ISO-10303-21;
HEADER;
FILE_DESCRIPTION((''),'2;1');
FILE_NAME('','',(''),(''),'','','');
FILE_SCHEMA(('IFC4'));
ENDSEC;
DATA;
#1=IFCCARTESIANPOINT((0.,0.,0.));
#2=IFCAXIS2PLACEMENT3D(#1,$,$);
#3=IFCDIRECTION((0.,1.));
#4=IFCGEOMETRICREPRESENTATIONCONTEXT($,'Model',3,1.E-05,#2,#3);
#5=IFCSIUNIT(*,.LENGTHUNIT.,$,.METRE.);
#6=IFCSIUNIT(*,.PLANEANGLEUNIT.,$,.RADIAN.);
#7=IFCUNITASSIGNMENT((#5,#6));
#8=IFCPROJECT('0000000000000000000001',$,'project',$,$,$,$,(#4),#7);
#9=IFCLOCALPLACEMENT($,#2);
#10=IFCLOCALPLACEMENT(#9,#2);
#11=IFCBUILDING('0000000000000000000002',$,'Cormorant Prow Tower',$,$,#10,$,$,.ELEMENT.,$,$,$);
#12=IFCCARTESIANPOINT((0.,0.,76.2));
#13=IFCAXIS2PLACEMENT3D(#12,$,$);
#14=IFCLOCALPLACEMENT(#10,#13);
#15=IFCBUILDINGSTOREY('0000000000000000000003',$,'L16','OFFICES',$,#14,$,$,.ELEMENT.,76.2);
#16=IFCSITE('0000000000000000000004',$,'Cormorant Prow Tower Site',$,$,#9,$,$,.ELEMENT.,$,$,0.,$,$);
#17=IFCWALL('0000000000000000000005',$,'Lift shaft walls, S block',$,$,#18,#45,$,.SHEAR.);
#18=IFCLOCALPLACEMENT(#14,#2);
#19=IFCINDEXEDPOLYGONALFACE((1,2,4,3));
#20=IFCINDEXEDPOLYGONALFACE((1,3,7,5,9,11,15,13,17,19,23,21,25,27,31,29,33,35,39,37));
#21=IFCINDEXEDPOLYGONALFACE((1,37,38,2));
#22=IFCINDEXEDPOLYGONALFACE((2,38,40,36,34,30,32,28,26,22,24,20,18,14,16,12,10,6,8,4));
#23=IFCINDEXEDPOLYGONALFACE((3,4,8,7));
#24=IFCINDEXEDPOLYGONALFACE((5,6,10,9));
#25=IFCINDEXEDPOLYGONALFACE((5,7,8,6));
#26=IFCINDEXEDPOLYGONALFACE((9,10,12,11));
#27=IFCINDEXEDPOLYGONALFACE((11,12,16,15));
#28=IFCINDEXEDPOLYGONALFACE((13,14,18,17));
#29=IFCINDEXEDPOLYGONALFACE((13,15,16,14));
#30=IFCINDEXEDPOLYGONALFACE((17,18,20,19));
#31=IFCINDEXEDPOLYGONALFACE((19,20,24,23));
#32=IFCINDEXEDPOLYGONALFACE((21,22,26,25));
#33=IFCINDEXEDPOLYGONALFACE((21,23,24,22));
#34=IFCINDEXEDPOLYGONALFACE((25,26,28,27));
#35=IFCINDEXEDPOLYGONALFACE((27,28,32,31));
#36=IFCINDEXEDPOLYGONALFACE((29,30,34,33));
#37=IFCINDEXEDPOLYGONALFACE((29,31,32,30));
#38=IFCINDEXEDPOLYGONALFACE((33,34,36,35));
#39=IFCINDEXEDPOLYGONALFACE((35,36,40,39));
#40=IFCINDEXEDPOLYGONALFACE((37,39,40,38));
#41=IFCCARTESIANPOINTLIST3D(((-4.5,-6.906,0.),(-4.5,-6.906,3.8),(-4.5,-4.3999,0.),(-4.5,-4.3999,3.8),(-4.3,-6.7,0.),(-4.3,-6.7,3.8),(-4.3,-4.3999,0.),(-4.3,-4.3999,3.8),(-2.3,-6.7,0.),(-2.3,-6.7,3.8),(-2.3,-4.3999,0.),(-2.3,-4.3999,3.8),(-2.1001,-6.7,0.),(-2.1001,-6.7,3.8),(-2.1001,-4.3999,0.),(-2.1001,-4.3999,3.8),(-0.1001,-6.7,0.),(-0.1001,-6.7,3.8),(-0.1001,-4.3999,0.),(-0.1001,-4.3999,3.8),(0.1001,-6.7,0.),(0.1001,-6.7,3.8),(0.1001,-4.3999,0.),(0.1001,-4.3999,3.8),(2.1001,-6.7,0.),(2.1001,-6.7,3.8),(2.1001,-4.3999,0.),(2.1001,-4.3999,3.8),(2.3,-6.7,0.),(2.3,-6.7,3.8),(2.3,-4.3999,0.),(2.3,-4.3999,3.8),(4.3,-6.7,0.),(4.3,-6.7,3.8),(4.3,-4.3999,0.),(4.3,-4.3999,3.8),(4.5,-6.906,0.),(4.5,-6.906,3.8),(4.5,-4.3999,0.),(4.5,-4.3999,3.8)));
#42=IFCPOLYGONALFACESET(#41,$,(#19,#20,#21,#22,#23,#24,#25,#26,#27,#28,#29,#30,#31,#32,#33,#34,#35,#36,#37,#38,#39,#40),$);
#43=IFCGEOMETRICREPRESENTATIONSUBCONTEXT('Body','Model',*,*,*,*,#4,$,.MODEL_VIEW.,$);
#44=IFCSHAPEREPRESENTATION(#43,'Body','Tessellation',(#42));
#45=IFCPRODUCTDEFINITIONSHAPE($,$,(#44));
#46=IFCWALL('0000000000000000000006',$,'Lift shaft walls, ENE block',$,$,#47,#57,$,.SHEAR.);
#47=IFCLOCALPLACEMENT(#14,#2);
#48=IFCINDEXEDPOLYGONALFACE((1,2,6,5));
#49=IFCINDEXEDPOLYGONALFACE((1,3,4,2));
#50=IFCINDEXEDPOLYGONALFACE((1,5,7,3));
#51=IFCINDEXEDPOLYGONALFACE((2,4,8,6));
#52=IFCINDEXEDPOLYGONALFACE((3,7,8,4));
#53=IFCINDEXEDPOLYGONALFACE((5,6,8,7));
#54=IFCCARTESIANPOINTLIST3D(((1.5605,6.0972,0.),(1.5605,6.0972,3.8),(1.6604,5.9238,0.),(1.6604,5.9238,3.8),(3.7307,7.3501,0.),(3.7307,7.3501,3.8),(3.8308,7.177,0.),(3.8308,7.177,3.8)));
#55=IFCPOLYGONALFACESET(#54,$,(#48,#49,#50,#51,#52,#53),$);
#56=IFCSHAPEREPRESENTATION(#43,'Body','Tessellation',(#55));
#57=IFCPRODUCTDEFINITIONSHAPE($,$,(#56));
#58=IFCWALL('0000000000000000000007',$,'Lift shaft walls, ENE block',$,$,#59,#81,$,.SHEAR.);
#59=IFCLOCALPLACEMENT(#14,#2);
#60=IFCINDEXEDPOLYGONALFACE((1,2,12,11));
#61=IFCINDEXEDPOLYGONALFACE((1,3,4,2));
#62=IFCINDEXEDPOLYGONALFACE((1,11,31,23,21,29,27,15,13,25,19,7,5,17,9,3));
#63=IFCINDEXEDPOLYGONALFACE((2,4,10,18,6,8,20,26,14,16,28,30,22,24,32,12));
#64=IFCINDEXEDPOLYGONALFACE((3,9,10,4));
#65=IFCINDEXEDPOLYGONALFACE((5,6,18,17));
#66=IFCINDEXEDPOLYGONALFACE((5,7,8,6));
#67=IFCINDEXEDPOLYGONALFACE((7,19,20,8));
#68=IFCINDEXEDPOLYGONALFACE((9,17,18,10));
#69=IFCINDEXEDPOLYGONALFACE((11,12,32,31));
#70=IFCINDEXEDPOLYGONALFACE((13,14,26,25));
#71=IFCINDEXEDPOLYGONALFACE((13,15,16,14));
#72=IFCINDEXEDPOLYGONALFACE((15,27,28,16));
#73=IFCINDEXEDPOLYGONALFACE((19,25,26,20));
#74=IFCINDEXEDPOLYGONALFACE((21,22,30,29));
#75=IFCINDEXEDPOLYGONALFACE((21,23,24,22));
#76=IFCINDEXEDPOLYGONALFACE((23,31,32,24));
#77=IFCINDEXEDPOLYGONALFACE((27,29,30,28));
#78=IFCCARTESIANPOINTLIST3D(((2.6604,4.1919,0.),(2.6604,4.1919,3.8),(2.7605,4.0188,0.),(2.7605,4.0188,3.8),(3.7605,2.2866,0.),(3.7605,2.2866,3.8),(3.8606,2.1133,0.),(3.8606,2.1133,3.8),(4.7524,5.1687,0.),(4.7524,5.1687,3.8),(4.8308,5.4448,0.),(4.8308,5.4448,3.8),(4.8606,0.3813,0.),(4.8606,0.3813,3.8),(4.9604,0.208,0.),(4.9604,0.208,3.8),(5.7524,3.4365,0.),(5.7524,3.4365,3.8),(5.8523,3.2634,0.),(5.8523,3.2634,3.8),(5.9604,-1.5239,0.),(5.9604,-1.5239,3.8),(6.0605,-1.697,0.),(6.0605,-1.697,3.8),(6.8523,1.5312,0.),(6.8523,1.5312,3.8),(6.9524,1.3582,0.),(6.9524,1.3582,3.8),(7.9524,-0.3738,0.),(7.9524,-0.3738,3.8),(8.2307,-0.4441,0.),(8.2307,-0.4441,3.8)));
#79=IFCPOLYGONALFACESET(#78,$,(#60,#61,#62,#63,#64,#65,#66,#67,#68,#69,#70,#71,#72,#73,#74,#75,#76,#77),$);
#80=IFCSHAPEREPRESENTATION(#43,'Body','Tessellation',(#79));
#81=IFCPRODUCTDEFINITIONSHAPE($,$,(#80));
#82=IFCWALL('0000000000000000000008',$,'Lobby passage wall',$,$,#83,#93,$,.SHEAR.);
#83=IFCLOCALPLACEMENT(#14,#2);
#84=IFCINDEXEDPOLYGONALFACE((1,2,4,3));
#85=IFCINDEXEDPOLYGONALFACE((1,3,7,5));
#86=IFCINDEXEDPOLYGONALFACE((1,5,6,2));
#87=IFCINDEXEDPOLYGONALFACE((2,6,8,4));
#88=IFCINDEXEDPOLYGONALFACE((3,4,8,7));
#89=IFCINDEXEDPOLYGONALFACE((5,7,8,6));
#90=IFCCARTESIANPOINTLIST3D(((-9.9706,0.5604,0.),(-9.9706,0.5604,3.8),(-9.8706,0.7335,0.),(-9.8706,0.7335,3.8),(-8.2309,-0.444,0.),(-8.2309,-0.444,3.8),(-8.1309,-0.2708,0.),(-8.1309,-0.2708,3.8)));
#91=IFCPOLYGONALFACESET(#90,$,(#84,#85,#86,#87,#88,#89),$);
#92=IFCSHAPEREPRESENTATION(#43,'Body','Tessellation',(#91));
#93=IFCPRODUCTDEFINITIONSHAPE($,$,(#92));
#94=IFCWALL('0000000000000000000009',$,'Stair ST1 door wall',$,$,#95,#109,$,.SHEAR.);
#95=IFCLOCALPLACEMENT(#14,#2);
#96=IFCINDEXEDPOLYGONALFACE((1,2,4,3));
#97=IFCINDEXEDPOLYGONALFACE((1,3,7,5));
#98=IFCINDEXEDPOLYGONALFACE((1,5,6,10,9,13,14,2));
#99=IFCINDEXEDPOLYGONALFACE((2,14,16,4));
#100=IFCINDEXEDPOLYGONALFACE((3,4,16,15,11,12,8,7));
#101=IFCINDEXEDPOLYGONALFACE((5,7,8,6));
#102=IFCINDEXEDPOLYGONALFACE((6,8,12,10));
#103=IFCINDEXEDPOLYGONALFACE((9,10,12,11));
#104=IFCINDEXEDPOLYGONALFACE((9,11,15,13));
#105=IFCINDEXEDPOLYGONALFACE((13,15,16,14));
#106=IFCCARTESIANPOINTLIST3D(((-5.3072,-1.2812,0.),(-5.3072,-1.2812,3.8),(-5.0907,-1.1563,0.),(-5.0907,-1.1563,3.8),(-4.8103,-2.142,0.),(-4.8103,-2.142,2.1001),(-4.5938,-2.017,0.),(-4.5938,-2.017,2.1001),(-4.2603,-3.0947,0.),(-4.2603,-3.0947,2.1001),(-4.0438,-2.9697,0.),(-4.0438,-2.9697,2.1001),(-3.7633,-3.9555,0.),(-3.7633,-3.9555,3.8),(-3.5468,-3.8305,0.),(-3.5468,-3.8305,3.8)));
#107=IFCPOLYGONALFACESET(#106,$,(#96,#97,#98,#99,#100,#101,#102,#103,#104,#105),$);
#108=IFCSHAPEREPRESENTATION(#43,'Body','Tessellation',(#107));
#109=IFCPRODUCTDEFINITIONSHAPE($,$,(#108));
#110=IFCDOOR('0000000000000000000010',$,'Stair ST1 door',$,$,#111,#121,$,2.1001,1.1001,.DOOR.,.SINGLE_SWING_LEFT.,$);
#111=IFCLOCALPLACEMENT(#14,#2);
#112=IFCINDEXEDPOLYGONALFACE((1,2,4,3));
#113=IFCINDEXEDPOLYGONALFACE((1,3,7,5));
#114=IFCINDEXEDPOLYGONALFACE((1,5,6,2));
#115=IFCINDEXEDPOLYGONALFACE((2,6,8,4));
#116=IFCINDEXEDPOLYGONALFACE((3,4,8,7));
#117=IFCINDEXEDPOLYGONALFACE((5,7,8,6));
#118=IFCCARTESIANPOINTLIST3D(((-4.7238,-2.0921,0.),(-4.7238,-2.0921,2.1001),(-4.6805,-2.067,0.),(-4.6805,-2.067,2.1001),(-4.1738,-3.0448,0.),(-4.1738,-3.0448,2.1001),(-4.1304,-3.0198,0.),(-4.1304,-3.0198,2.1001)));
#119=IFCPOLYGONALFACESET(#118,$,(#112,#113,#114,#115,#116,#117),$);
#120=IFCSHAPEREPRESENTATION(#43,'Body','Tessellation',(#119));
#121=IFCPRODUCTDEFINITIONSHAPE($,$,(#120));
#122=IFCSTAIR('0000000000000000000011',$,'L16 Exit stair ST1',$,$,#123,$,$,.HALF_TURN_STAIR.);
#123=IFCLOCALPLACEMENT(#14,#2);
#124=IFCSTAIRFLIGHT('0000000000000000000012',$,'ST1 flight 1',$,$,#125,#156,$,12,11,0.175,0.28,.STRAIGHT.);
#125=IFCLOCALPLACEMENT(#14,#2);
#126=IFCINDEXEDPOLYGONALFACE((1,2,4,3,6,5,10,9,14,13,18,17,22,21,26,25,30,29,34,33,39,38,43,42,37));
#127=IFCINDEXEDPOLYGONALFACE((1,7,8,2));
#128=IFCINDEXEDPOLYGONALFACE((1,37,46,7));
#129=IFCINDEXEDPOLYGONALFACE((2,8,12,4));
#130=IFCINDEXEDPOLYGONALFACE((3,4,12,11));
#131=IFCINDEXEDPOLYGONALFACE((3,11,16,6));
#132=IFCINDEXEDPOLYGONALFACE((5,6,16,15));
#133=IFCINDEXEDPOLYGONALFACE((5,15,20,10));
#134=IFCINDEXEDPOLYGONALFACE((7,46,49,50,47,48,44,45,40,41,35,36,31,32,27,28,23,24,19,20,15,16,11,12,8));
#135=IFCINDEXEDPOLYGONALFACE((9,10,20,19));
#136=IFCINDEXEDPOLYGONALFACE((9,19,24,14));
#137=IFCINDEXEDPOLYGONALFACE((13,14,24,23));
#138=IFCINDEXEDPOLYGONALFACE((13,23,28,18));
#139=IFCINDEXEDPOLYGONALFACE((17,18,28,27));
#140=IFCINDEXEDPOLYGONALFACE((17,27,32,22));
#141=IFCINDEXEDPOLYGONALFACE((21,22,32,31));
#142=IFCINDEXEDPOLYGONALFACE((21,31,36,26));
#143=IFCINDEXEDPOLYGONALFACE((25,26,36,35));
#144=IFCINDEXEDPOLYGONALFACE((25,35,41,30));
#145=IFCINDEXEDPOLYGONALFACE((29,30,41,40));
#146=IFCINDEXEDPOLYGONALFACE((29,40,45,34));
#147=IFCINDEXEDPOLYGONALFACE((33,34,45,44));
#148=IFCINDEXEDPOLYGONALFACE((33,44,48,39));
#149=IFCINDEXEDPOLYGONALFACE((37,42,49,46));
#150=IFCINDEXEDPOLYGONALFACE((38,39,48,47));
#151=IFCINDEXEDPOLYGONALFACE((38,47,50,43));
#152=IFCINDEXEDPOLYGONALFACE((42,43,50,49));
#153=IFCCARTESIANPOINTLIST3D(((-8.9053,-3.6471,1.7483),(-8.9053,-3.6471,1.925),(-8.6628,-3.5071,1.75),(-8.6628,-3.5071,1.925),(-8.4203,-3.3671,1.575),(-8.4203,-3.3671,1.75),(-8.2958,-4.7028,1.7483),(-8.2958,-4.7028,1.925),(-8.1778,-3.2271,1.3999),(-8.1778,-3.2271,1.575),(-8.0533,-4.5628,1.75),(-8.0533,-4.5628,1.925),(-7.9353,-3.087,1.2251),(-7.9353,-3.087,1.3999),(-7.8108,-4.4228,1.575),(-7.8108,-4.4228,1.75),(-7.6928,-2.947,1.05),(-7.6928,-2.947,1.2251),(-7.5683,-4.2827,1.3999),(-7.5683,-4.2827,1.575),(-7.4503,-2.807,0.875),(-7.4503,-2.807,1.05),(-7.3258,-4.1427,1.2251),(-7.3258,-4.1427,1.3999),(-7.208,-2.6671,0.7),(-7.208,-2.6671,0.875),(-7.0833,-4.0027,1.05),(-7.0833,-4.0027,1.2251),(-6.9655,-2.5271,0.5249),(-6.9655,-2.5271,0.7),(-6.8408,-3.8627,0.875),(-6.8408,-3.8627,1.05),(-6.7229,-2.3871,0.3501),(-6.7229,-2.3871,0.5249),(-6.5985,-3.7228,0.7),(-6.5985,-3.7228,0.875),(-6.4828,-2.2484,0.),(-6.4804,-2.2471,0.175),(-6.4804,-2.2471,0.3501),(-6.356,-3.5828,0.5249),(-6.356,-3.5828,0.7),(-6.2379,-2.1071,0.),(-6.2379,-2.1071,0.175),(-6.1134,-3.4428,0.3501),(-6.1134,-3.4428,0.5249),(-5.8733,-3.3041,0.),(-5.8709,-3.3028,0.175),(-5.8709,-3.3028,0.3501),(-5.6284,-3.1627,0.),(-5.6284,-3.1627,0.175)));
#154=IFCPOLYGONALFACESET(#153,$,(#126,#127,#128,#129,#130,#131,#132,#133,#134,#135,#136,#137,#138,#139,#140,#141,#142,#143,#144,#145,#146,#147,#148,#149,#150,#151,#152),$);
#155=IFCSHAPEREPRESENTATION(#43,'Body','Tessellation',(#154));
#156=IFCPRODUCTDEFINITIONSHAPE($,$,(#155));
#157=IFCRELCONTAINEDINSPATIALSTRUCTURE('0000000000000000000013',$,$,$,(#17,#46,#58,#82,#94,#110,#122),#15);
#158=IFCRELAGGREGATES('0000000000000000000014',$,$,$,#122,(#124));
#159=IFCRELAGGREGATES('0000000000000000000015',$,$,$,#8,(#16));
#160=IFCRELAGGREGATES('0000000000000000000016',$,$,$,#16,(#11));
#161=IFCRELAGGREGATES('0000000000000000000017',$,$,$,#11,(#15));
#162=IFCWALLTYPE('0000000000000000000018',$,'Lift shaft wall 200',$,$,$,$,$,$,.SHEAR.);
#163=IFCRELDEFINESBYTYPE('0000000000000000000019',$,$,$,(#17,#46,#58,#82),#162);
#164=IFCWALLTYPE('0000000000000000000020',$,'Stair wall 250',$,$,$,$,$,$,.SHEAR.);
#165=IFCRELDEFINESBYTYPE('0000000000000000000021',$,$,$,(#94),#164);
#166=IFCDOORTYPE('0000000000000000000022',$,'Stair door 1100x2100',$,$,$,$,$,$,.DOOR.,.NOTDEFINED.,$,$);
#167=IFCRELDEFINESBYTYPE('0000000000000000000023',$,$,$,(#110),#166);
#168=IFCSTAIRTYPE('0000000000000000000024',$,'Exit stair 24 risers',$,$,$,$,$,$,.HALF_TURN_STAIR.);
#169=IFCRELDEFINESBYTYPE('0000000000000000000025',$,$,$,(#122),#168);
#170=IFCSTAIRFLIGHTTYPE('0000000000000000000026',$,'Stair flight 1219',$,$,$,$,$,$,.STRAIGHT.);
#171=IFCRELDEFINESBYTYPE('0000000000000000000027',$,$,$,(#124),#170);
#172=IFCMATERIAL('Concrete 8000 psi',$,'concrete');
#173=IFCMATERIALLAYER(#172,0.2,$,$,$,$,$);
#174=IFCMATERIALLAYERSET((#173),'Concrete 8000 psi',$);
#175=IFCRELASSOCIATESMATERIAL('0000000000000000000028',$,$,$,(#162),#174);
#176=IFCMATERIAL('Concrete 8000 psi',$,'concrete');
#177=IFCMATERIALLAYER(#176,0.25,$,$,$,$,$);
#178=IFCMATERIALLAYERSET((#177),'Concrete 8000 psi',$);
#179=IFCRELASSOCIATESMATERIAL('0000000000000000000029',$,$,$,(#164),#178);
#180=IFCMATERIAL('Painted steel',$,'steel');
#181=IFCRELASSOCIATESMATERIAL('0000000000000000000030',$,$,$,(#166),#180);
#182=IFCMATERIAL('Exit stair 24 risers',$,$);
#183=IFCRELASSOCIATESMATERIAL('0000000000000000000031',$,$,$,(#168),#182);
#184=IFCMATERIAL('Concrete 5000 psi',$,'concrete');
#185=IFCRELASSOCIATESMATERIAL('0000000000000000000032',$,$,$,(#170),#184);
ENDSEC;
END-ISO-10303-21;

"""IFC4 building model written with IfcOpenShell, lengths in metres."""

from ifc_helpers import new_model, si_unit, direction, frame, frame_2d, origin, place, context, subcontext, project, spatial, polyline, rectangle, outline, extrude, material, layer, layer_set, type_object, element, fill, aggregate, save


model = new_model("IFC4")

# Units and contexts
model_context = context("Model", 3, precision=1e-05, world=origin(), true_north=direction((0.0, 1.0)))
body_context = subcontext(model_context, "Body", "Model", "MODEL_VIEW")
ifc_project = project(units=[si_unit("LENGTHUNIT", "METRE"), si_unit("PLANEANGLEUNIT", "RADIAN")], contexts=[model_context])

# Site, building, storey
site_placement = place(None, origin())
site = spatial("IfcSite", under=ifc_project, at=site_placement, Name="Cormorant Prow Tower Site", CompositionType="ELEMENT", RefElevation=0.0)
building_placement = place(site_placement, origin())
building = spatial("IfcBuilding", under=site, at=building_placement, Name="Cormorant Prow Tower", CompositionType="ELEMENT")
storey_placement = place(building_placement, frame((0.0, 0.0, 76.2)))
storey = spatial("IfcBuildingStorey", under=building, at=storey_placement, Name="L16", Description="OFFICES", CompositionType="ELEMENT", Elevation=76.2)

# Walls
ifc_material_1 = material(Name="Concrete 8000 psi", Category="concrete")
ifc_layer_1 = layer(ifc_material_1, 0.2)
ifc_layer_set_1 = layer_set([ifc_layer_1], Name="Concrete 8000 psi")
wall_type_1 = type_object("IfcWallType", Name="Lift shaft wall 200", PredefinedType="SHEAR", material=ifc_layer_set_1)
wall_1_placement = place(storey_placement, origin())
element("IfcWall", 1, at=wall_1_placement, inside=storey, type_object=wall_type_1, Name="Lift shaft walls, S block", PredefinedType="SHEAR", context=body_context, shape_type="SweptSolid", body=[
    extrude(outline(polyline([(4.5, -4.3999), (4.5, -6.906), (-4.5, -6.906), (-4.5, -4.3999), (-4.3, -4.3999), (-4.3, -6.7), (-2.3, -6.7), (-2.3, -4.3999), (-2.1001, -4.3999), (-2.1001, -6.7), (-0.1001, -6.7), (-0.1001, -4.3999), (0.1001, -4.3999), (0.1001, -6.7), (2.1001, -6.7), (2.1001, -4.3999), (2.3, -4.3999), (2.3, -6.7), (4.3, -6.7), (4.3, -4.3999), (4.5, -4.3999)])), origin(), (0.0, 0.0, 1.0), 3.8),
])
wall_2_placement = place(storey_placement, origin())
element("IfcWall", 2, at=wall_2_placement, inside=storey, type_object=wall_type_1, Name="Lift shaft walls, ENE block", PredefinedType="SHEAR", context=body_context, shape_type="SweptSolid", body=[
    extrude(outline(polyline([(1.5605, 6.0972), (3.7307, 7.3501), (3.8308, 7.177), (1.6604, 5.9238), (1.5605, 6.0972)])), origin(), (0.0, 0.0, 1.0), 3.8),
])
wall_3_placement = place(storey_placement, origin())
element("IfcWall", 3, at=wall_3_placement, inside=storey, type_object=wall_type_1, Name="Lift shaft walls, ENE block", PredefinedType="SHEAR", context=body_context, shape_type="SweptSolid", body=[
    extrude(outline(polyline([(2.6604, 4.1919), (4.8308, 5.4448), (8.2307, -0.4441), (6.0605, -1.697), (5.9604, -1.5239), (7.9524, -0.3738), (6.9524, 1.3582), (4.9604, 0.208), (4.8606, 0.3813), (6.8523, 1.5312), (5.8523, 3.2634), (3.8606, 2.1133), (3.7605, 2.2866), (5.7524, 3.4365), (4.7524, 5.1687), (2.7605, 4.0188), (2.6604, 4.1919)])), origin(), (0.0, 0.0, 1.0), 3.8),
])
wall_4_placement = place(storey_placement, frame((-8.1809, -0.3574, 0.0), z_axis=(0.0, 0.0, 1.0), x_axis=(-0.866036, 0.499982, 0.0)))
element("IfcWall", 4, at=wall_4_placement, inside=storey, type_object=wall_type_1, Name="Lobby passage wall", PredefinedType="SHEAR", context=body_context, shape_type="SweptSolid", body=[
    extrude(rectangle(XDim=2.0088, YDim=0.2, at=frame_2d((1.0044, 0.0))), origin(), (0.0, 0.0, 1.0), 3.8),
])

# Wall, opening, door
ifc_material_2 = material(Name="Concrete 8000 psi", Category="concrete")
ifc_layer_2 = layer(ifc_material_2, 0.25)
ifc_layer_set_2 = layer_set([ifc_layer_2], Name="Concrete 8000 psi")
wall_type_2 = type_object("IfcWallType", Name="Stair wall 250", PredefinedType="SHEAR", material=ifc_layer_set_2)
wall_5_placement = place(storey_placement, frame((-5.199, -1.2188, 0.0), z_axis=(0.0, 0.0, 1.0), x_axis=(0.499983, -0.866035, 0.0)))
wall_5 = element("IfcWall", 5, at=wall_5_placement, inside=storey, type_object=wall_type_2, Name="Stair ST1 door wall", PredefinedType="SHEAR", context=body_context, shape_type="SweptSolid", body=[
    extrude(rectangle(XDim=3.0879, YDim=0.25, at=frame_2d((1.5439, 0.0))), origin(), (0.0, 0.0, 1.0), 3.8),
])
opening_1_placement = place(wall_5_placement, frame((0.9939, 0.0, 0.0)))
opening_1 = element("IfcOpeningElement", 6, at=opening_1_placement, cuts=wall_5, PredefinedType="OPENING", context=body_context, shape_type="SweptSolid", body=[
    extrude(rectangle(XDim=1.1001, YDim=2.1001, at=frame_2d((0.55, 1.05))), frame((0.0, 0.135, 0.0), z_axis=(0.0, -1.0, 0.0), x_axis=(1.0, 0.0, 0.0)), (0.0, 0.0, 1.0), 0.27),
])
ifc_material_3 = material(Name="Painted steel", Category="steel")
door_type_1 = type_object("IfcDoorType", Name="Stair door 1100x2100", OperationType="NOTDEFINED", PredefinedType="DOOR", material=ifc_material_3)
door_1_placement = place(opening_1_placement, origin())
door_1 = element("IfcDoor", 7, at=door_1_placement, inside=storey, type_object=door_type_1, Name="Stair ST1 door", OperationType="SINGLE_SWING_LEFT", OverallHeight=2.1001, OverallWidth=1.1001, PredefinedType="DOOR", context=body_context, shape_type="SweptSolid", body=[
    extrude(rectangle(XDim=1.1001, YDim=2.1001, at=frame_2d((0.55, 1.05))), frame((0.0, 0.0249, 0.0), z_axis=(0.0, -1.0, 0.0), x_axis=(1.0, 0.0, 0.0)), (0.0, 0.0, 1.0), 0.05),
])
fill(opening_1, door_1)

# Stair, stair flight
ifc_material_4 = material(Name="Exit stair 24 risers")
stair_type = type_object("IfcStairType", Name="Exit stair 24 risers", PredefinedType="HALF_TURN_STAIR", material=ifc_material_4)
stair_placement = place(storey_placement, origin())
stair = element("IfcStair", 8, at=stair_placement, inside=storey, type_object=stair_type, Name="L16 Exit stair ST1", PredefinedType="HALF_TURN_STAIR")
ifc_material_5 = material(Name="Concrete 5000 psi", Category="concrete")
stair_flight_type = type_object("IfcStairFlightType", Name="Stair flight 1219", PredefinedType="STRAIGHT", material=ifc_material_5)
stair_flight_1_placement = place(storey_placement, frame((-5.9331, -2.635, 0.0), z_axis=(0.0, 0.0, 1.0), x_axis=(-0.866025, -0.5, 0.0)))
stair_flight_1 = element("IfcStairFlight", 9, at=stair_flight_1_placement, type_object=stair_flight_type, Name="ST1 flight 1", NumberOfRisers=12, NumberOfTreads=11, PredefinedType="STRAIGHT", RiserHeight=0.175, TreadLength=0.28, context=body_context, shape_type="SweptSolid", body=[
    extrude(outline(polyline([(0.0, 0.0), (0.0, 0.175), (0.28, 0.175), (0.28, 0.3501), (0.5601, 0.3501), (0.5601, 0.5249), (0.8401, 0.5249), (0.8401, 0.7), (1.1201, 0.7), (1.1201, 0.875), (1.3999, 0.875), (1.3999, 1.05), (1.6799, 1.05), (1.6799, 1.2251), (1.96, 1.2251), (1.96, 1.3999), (2.24, 1.3999), (2.24, 1.575), (2.52, 1.575), (2.52, 1.75), (2.8, 1.75), (2.8, 1.925), (3.0801, 1.925), (3.0801, 2.1001), (3.0801, 1.7483), (0.2827, 0.0), (0.0, 0.0)])), frame((0.0, 0.6094, 0.0), z_axis=(0.0, -1.0, 0.0), x_axis=(1.0, 0.0, 0.0)), (0.0, 0.0, 1.0), 1.219),
])
aggregate(stair, [stair_flight_1])

save(model, "model.ifc")
